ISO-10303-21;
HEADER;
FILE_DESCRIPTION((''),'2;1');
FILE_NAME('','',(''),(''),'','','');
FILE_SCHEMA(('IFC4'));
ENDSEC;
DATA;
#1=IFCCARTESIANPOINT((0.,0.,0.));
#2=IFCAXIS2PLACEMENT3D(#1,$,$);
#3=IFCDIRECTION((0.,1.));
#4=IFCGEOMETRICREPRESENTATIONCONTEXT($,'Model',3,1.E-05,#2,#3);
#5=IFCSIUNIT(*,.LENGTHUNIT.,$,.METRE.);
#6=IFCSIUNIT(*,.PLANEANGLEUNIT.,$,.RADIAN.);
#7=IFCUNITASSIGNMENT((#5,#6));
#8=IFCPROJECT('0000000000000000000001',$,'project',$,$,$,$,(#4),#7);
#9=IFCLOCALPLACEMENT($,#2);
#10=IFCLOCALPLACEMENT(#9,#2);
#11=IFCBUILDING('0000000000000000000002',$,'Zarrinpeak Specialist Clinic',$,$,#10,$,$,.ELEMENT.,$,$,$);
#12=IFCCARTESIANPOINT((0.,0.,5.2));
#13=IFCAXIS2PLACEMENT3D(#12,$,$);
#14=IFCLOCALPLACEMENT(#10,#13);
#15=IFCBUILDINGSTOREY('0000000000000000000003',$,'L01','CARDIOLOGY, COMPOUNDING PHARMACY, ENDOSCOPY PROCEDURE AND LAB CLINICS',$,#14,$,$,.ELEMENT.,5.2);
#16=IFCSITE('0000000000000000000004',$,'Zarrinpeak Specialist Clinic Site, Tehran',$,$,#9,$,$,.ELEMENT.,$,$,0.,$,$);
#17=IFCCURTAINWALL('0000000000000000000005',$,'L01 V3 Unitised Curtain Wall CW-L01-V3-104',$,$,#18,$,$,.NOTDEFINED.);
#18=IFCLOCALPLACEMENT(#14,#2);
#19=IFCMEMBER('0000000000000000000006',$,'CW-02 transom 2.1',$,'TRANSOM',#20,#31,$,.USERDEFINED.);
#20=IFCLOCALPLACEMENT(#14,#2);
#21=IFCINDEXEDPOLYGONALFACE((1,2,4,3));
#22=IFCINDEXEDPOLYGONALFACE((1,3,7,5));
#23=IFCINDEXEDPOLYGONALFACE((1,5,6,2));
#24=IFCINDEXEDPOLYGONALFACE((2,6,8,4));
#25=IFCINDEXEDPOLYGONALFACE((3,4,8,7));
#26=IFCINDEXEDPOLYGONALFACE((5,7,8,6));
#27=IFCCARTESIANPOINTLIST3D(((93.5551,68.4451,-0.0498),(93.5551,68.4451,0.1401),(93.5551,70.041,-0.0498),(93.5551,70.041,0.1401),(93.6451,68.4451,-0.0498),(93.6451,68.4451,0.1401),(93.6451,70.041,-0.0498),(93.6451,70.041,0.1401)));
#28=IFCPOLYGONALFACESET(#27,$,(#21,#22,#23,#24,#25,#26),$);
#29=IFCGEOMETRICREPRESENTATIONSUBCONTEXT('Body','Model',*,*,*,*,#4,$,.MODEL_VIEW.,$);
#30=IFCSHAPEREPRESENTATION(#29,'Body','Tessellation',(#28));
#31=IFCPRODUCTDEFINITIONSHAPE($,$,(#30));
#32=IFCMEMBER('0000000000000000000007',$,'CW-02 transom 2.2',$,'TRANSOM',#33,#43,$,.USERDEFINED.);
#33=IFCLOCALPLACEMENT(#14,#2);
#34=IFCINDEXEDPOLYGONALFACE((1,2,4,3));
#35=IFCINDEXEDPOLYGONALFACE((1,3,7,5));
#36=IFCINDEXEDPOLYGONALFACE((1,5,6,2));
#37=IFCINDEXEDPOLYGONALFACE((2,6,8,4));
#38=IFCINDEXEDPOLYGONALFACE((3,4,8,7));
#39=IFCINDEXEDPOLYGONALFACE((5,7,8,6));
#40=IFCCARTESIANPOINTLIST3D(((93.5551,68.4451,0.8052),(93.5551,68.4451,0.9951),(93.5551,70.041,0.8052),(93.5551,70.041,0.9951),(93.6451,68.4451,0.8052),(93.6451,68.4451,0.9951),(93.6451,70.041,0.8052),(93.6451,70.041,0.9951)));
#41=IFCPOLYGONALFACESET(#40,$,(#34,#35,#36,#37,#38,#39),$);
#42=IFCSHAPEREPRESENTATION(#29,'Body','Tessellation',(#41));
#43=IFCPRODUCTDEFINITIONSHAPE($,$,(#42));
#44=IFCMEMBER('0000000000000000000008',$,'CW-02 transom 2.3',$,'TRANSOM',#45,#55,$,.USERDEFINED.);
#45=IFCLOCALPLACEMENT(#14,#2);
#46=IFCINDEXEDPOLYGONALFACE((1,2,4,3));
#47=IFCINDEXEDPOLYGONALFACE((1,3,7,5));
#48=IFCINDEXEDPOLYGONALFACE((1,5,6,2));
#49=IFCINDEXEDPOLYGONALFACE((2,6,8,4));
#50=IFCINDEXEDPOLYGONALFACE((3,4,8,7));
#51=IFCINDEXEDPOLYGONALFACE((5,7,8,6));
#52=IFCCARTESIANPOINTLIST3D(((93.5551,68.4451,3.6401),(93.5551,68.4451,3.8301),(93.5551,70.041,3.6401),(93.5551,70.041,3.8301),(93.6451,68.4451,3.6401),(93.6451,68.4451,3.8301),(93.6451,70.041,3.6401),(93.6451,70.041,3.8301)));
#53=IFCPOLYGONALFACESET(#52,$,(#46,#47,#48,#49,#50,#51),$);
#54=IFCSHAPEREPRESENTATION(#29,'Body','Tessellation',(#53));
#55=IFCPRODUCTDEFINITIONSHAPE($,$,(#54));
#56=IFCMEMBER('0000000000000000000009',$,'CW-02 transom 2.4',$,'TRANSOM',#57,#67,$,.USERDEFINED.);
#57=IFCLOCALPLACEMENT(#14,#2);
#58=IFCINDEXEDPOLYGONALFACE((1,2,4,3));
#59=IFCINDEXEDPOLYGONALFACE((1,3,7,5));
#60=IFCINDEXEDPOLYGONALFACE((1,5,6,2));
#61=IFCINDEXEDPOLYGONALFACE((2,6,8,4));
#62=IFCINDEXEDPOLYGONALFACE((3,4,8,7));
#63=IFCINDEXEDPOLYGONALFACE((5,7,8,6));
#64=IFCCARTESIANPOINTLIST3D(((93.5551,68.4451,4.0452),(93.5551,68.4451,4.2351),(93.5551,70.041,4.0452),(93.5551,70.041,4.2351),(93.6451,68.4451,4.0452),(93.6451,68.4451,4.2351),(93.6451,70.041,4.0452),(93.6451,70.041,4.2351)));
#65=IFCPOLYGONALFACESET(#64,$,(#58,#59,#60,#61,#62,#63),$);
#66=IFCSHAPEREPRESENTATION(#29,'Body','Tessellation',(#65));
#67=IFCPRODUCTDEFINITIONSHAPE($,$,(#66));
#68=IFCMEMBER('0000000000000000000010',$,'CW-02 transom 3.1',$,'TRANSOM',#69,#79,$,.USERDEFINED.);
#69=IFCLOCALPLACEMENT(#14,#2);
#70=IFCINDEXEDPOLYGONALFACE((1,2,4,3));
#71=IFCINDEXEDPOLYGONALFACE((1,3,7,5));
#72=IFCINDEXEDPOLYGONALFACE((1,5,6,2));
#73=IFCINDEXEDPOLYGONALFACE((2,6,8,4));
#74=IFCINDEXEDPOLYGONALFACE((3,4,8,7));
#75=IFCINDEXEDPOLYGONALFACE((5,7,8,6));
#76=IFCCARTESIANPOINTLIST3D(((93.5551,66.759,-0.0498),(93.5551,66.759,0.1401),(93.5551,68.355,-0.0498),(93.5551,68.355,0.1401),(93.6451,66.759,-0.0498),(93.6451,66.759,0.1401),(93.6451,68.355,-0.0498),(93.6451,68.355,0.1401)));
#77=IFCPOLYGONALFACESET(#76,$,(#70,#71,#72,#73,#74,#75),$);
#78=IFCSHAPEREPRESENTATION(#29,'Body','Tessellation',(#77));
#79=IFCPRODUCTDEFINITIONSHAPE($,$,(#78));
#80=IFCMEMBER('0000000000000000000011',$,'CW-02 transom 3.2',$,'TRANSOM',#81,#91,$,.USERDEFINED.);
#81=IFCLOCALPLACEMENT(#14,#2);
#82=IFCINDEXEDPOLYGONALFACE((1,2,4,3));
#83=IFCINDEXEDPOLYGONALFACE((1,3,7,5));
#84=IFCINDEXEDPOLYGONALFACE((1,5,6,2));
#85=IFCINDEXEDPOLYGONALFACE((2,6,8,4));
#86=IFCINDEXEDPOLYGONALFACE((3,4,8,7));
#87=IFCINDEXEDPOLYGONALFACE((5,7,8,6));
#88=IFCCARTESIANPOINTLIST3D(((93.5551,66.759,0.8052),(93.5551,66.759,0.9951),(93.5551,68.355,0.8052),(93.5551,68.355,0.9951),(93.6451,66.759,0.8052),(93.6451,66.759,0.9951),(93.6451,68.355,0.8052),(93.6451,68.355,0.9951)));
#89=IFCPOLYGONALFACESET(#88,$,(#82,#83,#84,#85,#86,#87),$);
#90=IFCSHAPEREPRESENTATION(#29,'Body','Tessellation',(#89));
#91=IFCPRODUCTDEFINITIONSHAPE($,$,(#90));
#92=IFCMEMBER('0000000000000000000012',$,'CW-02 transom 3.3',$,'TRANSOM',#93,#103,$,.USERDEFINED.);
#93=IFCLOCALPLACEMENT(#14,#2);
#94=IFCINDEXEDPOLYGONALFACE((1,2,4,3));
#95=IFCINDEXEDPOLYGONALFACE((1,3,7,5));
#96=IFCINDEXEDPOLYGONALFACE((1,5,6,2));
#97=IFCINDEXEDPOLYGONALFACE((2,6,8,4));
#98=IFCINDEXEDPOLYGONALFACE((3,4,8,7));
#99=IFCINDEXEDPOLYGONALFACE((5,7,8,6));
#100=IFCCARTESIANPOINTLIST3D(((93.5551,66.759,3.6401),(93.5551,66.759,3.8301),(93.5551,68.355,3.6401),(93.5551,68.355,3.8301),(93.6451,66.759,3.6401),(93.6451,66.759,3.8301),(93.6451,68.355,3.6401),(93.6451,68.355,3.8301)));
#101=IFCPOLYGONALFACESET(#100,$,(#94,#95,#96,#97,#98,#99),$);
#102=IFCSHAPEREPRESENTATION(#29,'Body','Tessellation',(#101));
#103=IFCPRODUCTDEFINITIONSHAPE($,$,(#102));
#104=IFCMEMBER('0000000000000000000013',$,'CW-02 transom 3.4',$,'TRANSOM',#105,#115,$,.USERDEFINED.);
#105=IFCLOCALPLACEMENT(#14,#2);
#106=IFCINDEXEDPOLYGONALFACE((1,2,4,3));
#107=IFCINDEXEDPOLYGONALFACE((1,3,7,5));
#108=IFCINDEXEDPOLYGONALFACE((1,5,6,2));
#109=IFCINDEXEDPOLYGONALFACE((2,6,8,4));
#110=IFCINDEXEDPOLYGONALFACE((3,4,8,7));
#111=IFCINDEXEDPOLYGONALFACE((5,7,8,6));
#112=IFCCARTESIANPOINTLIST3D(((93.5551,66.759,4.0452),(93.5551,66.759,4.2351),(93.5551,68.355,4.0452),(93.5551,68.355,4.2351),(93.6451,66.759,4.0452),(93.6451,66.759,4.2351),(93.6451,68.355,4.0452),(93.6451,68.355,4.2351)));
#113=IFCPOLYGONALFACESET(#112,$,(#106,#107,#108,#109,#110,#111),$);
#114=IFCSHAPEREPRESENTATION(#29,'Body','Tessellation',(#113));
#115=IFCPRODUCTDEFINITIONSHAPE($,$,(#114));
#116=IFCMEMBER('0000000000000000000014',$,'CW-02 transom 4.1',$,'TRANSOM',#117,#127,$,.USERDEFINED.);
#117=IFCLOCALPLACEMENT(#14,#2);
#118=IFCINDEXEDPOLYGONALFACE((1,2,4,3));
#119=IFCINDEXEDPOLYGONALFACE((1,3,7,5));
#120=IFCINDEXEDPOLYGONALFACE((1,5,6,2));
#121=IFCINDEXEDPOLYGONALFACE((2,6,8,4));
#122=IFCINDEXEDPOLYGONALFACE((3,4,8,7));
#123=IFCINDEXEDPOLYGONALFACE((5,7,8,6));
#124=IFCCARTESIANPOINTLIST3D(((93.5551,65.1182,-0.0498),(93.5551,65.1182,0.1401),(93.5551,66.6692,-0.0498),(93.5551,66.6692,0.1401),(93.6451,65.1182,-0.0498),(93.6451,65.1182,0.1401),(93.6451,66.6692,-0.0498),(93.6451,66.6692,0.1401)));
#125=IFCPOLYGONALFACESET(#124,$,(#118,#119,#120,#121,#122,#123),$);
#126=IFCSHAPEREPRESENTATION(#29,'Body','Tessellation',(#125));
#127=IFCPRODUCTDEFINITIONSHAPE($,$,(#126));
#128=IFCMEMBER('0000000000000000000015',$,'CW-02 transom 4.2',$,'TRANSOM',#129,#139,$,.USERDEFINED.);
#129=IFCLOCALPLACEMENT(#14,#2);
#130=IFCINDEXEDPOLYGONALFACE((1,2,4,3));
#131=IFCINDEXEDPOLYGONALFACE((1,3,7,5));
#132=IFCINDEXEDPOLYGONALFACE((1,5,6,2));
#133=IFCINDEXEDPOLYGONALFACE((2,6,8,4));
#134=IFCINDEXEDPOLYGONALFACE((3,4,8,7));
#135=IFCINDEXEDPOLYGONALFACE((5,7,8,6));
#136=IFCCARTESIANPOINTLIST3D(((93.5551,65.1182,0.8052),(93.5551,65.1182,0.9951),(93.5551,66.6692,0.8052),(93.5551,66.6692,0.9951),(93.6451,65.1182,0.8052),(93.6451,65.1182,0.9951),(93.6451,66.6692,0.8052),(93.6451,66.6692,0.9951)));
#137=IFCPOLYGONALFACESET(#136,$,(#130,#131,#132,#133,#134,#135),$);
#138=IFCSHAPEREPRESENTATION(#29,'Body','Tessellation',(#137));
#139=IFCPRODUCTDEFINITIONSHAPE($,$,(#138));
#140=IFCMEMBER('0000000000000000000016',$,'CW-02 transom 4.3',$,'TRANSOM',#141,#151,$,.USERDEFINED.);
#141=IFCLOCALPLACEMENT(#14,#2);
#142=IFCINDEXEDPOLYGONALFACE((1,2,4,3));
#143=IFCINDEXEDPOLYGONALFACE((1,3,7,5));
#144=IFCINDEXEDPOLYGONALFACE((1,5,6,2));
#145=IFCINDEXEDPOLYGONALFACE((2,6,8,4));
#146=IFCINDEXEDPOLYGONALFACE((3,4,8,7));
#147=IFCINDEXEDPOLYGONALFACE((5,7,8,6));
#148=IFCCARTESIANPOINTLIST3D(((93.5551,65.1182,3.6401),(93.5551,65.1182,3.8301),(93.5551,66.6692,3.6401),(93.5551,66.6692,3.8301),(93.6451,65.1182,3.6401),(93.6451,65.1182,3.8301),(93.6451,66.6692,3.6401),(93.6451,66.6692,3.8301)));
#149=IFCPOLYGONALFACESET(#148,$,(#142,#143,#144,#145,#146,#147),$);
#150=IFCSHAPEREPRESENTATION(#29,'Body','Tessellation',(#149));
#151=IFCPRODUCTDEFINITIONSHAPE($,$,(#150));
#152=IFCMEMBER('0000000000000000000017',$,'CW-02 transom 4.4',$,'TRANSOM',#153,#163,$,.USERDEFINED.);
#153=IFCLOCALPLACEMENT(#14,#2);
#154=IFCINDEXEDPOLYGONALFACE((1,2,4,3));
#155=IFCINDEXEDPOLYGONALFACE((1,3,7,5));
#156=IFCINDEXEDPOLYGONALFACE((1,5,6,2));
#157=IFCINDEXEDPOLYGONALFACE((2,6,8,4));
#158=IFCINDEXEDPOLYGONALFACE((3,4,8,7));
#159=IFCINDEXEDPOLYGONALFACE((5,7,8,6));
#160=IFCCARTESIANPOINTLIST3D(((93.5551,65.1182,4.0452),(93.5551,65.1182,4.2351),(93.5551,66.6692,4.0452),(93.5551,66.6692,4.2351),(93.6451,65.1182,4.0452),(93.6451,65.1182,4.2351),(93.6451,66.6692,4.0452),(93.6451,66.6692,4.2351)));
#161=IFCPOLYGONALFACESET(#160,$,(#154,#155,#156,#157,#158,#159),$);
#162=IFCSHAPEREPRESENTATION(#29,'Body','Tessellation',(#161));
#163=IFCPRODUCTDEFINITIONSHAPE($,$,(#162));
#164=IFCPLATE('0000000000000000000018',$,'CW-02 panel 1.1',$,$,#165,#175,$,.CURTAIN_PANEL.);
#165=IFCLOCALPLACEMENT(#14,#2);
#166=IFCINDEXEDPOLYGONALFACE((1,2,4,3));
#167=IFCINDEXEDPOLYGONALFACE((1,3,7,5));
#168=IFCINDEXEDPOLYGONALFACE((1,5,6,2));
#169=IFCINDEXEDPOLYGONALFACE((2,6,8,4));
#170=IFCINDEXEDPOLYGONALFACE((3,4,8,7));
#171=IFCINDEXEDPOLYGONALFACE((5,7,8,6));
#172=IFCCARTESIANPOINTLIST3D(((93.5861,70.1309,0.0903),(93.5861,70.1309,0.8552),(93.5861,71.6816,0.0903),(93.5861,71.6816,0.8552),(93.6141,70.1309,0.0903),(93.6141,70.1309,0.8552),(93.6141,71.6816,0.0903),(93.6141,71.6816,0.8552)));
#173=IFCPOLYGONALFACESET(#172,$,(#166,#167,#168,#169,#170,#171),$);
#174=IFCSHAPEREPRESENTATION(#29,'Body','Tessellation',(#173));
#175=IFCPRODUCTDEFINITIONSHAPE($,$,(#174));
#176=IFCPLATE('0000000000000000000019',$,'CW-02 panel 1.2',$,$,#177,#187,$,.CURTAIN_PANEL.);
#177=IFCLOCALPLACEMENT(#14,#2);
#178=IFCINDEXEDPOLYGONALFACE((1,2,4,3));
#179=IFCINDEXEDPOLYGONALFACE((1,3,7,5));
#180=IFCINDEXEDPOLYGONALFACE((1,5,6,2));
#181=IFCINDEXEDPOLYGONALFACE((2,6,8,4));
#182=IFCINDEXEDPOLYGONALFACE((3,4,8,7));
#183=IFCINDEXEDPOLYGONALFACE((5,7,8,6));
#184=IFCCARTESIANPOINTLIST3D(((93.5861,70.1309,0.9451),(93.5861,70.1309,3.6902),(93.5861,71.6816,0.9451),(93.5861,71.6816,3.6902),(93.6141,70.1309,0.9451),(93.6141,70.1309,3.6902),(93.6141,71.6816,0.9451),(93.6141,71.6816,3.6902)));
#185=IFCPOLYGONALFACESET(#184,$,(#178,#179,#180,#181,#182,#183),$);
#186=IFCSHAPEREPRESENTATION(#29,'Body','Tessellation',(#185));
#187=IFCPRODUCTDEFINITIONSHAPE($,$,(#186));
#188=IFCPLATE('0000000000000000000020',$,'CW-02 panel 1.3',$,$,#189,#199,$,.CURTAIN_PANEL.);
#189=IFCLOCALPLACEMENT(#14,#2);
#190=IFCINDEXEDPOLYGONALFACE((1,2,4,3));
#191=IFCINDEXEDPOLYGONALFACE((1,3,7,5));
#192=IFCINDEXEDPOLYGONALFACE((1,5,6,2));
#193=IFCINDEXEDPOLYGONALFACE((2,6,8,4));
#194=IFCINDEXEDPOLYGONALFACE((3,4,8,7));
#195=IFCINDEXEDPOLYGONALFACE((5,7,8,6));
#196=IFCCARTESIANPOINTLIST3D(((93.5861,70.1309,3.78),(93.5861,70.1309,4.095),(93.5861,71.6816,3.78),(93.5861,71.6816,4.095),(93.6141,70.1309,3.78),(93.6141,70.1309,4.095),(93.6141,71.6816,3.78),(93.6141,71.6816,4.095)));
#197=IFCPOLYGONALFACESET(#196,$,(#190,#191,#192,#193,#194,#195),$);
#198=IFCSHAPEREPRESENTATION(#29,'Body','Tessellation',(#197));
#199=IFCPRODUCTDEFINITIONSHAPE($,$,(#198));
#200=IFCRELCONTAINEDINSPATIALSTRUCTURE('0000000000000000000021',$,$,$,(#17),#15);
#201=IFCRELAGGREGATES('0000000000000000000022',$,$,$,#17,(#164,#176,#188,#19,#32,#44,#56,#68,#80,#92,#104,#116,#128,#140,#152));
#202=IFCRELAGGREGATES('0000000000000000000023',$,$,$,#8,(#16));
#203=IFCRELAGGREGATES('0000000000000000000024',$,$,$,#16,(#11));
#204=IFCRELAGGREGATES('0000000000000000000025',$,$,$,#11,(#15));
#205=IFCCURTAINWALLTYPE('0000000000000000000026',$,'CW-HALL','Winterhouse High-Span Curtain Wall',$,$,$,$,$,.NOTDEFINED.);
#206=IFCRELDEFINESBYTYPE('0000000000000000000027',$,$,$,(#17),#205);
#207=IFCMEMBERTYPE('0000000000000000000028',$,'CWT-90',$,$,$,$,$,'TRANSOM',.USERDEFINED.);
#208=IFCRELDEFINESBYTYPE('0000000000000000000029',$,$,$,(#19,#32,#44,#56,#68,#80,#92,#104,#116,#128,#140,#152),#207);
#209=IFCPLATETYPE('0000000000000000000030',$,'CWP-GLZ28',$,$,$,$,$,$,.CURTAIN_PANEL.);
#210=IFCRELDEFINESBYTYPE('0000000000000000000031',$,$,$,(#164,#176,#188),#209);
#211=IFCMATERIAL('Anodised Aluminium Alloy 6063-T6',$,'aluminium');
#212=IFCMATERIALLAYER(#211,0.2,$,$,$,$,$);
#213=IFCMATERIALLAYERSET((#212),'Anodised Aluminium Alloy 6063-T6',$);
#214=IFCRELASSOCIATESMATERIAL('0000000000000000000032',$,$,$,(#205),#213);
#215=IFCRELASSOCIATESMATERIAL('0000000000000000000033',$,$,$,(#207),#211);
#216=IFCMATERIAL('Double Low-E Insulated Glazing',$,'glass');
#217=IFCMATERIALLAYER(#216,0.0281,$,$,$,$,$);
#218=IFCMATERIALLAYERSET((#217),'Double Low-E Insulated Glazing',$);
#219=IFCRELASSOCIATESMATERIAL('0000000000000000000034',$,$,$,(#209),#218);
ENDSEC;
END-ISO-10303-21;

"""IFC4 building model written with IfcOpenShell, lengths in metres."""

from ifc_helpers import new_model, si_unit, direction, frame, origin, origin_2d, place, context, subcontext, project, spatial, rectangle, extrude, material, layer, layer_set, material_profile, profile_set, type_object, element, aggregate, save


model = new_model("IFC4")

# Units and contexts
model_context = context("Model", 3, precision=1e-05, world=origin(), true_north=direction((0.0, 1.0)))
body_context = subcontext(model_context, "Body", "Model", "MODEL_VIEW")
ifc_project = project(units=[si_unit("LENGTHUNIT", "METRE"), si_unit("PLANEANGLEUNIT", "RADIAN")], contexts=[model_context])

# Site, building, storey
site_placement = place(None, origin())
site = spatial("IfcSite", under=ifc_project, at=site_placement, Name="Zarrinpeak Specialist Clinic Site, Tehran", CompositionType="ELEMENT", RefElevation=0.0)
building_placement = place(site_placement, origin())
building = spatial("IfcBuilding", under=site, at=building_placement, Name="Zarrinpeak Specialist Clinic", CompositionType="ELEMENT")
storey_placement = place(building_placement, frame((0.0, 0.0, 5.2)))
storey = spatial("IfcBuildingStorey", under=building, at=storey_placement, Name="L01", Description="CARDIOLOGY, COMPOUNDING PHARMACY, ENDOSCOPY PROCEDURE AND LAB CLINICS", CompositionType="ELEMENT", Elevation=5.2)

# Curtain wall, members, plates
ifc_material_1 = material(Name="Anodised Aluminium Alloy 6063-T6", Category="aluminium")
ifc_layer_1 = layer(ifc_material_1, 0.2)
ifc_layer_set_1 = layer_set([ifc_layer_1], Name="Anodised Aluminium Alloy 6063-T6")
curtain_wall_type = type_object("IfcCurtainWallType", Name="CW-HALL", Description="Winterhouse High-Span Curtain Wall", PredefinedType="NOTDEFINED", material=ifc_layer_set_1)
curtain_wall_placement = place(storey_placement, origin())
curtain_wall = element("IfcCurtainWall", 1, at=curtain_wall_placement, inside=storey, type_object=curtain_wall_type, Name="L01 V3 Unitised Curtain Wall CW-L01-V3-104", PredefinedType="NOTDEFINED")
ifc_material_profile_1 = material_profile(ifc_material_1, rectangle(XDim=0.0901, YDim=0.1899, at=origin_2d()), Name="ALU 90x190")
ifc_profile_set_1 = profile_set([ifc_material_profile_1], Name="Anodised Aluminium Alloy 6063-T6")
member_type_1 = type_object("IfcMemberType", Name="CWT-90", ElementType="TRANSOM", PredefinedType="USERDEFINED", material=ifc_profile_set_1)
member_1_placement = place(storey_placement, frame((93.6001, 70.041, 0.0452), z_axis=(0.0, -1.0, 0.0), x_axis=(1.0, 0.0, 0.0)))
member_1 = element("IfcMember", 2, at=member_1_placement, type_object=member_type_1, Name="CW-02 transom 2.1", ObjectType="TRANSOM", PredefinedType="USERDEFINED", context=body_context, shape_type="SweptSolid", body=[
    extrude(rectangle(XDim=0.0901, YDim=0.1899, at=origin_2d()), origin(), (0.0, 0.0, 1.0), 1.5959),
])
member_2_placement = place(storey_placement, frame((93.6001, 70.041, 0.9001), z_axis=(0.0, -1.0, 0.0), x_axis=(1.0, 0.0, 0.0)))
member_2 = element("IfcMember", 3, at=member_2_placement, type_object=member_type_1, Name="CW-02 transom 2.2", ObjectType="TRANSOM", PredefinedType="USERDEFINED", context=body_context, shape_type="SweptSolid", body=[
    extrude(rectangle(XDim=0.0901, YDim=0.1899, at=origin_2d()), origin(), (0.0, 0.0, 1.0), 1.5959),
])
member_3_placement = place(storey_placement, frame((93.6001, 70.041, 3.7351), z_axis=(0.0, -1.0, 0.0), x_axis=(1.0, 0.0, 0.0)))
member_3 = element("IfcMember", 4, at=member_3_placement, type_object=member_type_1, Name="CW-02 transom 2.3", ObjectType="TRANSOM", PredefinedType="USERDEFINED", context=body_context, shape_type="SweptSolid", body=[
    extrude(rectangle(XDim=0.0901, YDim=0.1899, at=origin_2d()), origin(), (0.0, 0.0, 1.0), 1.5959),
])
member_4_placement = place(storey_placement, frame((93.6001, 70.041, 4.1401), z_axis=(0.0, -1.0, 0.0), x_axis=(1.0, 0.0, 0.0)))
member_4 = element("IfcMember", 5, at=member_4_placement, type_object=member_type_1, Name="CW-02 transom 2.4", ObjectType="TRANSOM", PredefinedType="USERDEFINED", context=body_context, shape_type="SweptSolid", body=[
    extrude(rectangle(XDim=0.0901, YDim=0.1899, at=origin_2d()), origin(), (0.0, 0.0, 1.0), 1.5959),
])
member_5_placement = place(storey_placement, frame((93.6001, 68.355, 0.0452), z_axis=(0.0, -1.0, 0.0), x_axis=(1.0, 0.0, 0.0)))
member_5 = element("IfcMember", 6, at=member_5_placement, type_object=member_type_1, Name="CW-02 transom 3.1", ObjectType="TRANSOM", PredefinedType="USERDEFINED", context=body_context, shape_type="SweptSolid", body=[
    extrude(rectangle(XDim=0.0901, YDim=0.1899, at=origin_2d()), origin(), (0.0, 0.0, 1.0), 1.5959),
])
member_6_placement = place(storey_placement, frame((93.6001, 68.355, 0.9001), z_axis=(0.0, -1.0, 0.0), x_axis=(1.0, 0.0, 0.0)))
member_6 = element("IfcMember", 7, at=member_6_placement, type_object=member_type_1, Name="CW-02 transom 3.2", ObjectType="TRANSOM", PredefinedType="USERDEFINED", context=body_context, shape_type="SweptSolid", body=[
    extrude(rectangle(XDim=0.0901, YDim=0.1899, at=origin_2d()), origin(), (0.0, 0.0, 1.0), 1.5959),
])
member_7_placement = place(storey_placement, frame((93.6001, 68.355, 3.7351), z_axis=(0.0, -1.0, 0.0), x_axis=(1.0, 0.0, 0.0)))
member_7 = element("IfcMember", 8, at=member_7_placement, type_object=member_type_1, Name="CW-02 transom 3.3", ObjectType="TRANSOM", PredefinedType="USERDEFINED", context=body_context, shape_type="SweptSolid", body=[
    extrude(rectangle(XDim=0.0901, YDim=0.1899, at=origin_2d()), origin(), (0.0, 0.0, 1.0), 1.5959),
])
member_8_placement = place(storey_placement, frame((93.6001, 68.355, 4.1401), z_axis=(0.0, -1.0, 0.0), x_axis=(1.0, 0.0, 0.0)))
member_8 = element("IfcMember", 9, at=member_8_placement, type_object=member_type_1, Name="CW-02 transom 3.4", ObjectType="TRANSOM", PredefinedType="USERDEFINED", context=body_context, shape_type="SweptSolid", body=[
    extrude(rectangle(XDim=0.0901, YDim=0.1899, at=origin_2d()), origin(), (0.0, 0.0, 1.0), 1.5959),
])
member_9_placement = place(storey_placement, frame((93.6001, 66.6692, 0.0452), z_axis=(0.0, -1.0, 0.0), x_axis=(1.0, 0.0, 0.0)))
member_9 = element("IfcMember", 10, at=member_9_placement, type_object=member_type_1, Name="CW-02 transom 4.1", ObjectType="TRANSOM", PredefinedType="USERDEFINED", context=body_context, shape_type="SweptSolid", body=[
    extrude(rectangle(XDim=0.0901, YDim=0.1899, at=origin_2d()), origin(), (0.0, 0.0, 1.0), 1.551),
])
member_10_placement = place(storey_placement, frame((93.6001, 66.6692, 0.9001), z_axis=(0.0, -1.0, 0.0), x_axis=(1.0, 0.0, 0.0)))
member_10 = element("IfcMember", 11, at=member_10_placement, type_object=member_type_1, Name="CW-02 transom 4.2", ObjectType="TRANSOM", PredefinedType="USERDEFINED", context=body_context, shape_type="SweptSolid", body=[
    extrude(rectangle(XDim=0.0901, YDim=0.1899, at=origin_2d()), origin(), (0.0, 0.0, 1.0), 1.551),
])
member_11_placement = place(storey_placement, frame((93.6001, 66.6692, 3.7351), z_axis=(0.0, -1.0, 0.0), x_axis=(1.0, 0.0, 0.0)))
member_11 = element("IfcMember", 12, at=member_11_placement, type_object=member_type_1, Name="CW-02 transom 4.3", ObjectType="TRANSOM", PredefinedType="USERDEFINED", context=body_context, shape_type="SweptSolid", body=[
    extrude(rectangle(XDim=0.0901, YDim=0.1899, at=origin_2d()), origin(), (0.0, 0.0, 1.0), 1.551),
])
member_12_placement = place(storey_placement, frame((93.6001, 66.6692, 4.1401), z_axis=(0.0, -1.0, 0.0), x_axis=(1.0, 0.0, 0.0)))
member_12 = element("IfcMember", 13, at=member_12_placement, type_object=member_type_1, Name="CW-02 transom 4.4", ObjectType="TRANSOM", PredefinedType="USERDEFINED", context=body_context, shape_type="SweptSolid", body=[
    extrude(rectangle(XDim=0.0901, YDim=0.1899, at=origin_2d()), origin(), (0.0, 0.0, 1.0), 1.551),
])
ifc_material_2 = material(Name="Double Low-E Insulated Glazing", Category="glass")
ifc_layer_2 = layer(ifc_material_2, 0.0281)
ifc_layer_set_2 = layer_set([ifc_layer_2], Name="Double Low-E Insulated Glazing")
plate_type = type_object("IfcPlateType", Name="CWP-GLZ28", PredefinedType="CURTAIN_PANEL", material=ifc_layer_set_2)
plate_1_placement = place(storey_placement, frame((93.6001, 70.9062, 0.0903), z_axis=(0.0, 0.0, 1.0), x_axis=(0.0, -1.0, 0.0)))
plate_1 = element("IfcPlate", 14, at=plate_1_placement, type_object=plate_type, Name="CW-02 panel 1.1", PredefinedType="CURTAIN_PANEL", context=body_context, shape_type="SweptSolid", body=[
    extrude(rectangle(XDim=1.5508, YDim=0.0281, at=origin_2d()), origin(), (0.0, 0.0, 1.0), 0.7649),
])
plate_2_placement = place(storey_placement, frame((93.6001, 70.9062, 0.9451), z_axis=(0.0, 0.0, 1.0), x_axis=(0.0, -1.0, 0.0)))
plate_2 = element("IfcPlate", 15, at=plate_2_placement, type_object=plate_type, Name="CW-02 panel 1.2", PredefinedType="CURTAIN_PANEL", context=body_context, shape_type="SweptSolid", body=[
    extrude(rectangle(XDim=1.5508, YDim=0.0281, at=origin_2d()), origin(), (0.0, 0.0, 1.0), 2.7451),
])
plate_3_placement = place(storey_placement, frame((93.6001, 70.9062, 3.78), z_axis=(0.0, 0.0, 1.0), x_axis=(0.0, -1.0, 0.0)))
plate_3 = element("IfcPlate", 16, at=plate_3_placement, type_object=plate_type, Name="CW-02 panel 1.3", PredefinedType="CURTAIN_PANEL", context=body_context, shape_type="SweptSolid", body=[
    extrude(rectangle(XDim=1.5508, YDim=0.0281, at=origin_2d()), origin(), (0.0, 0.0, 1.0), 0.3149),
])
aggregate(curtain_wall, [plate_1, plate_2, plate_3, member_1, member_2, member_3, member_4, member_5, member_6, member_7, member_8, member_9, member_10, member_11, member_12])

save(model, "model.ifc")
